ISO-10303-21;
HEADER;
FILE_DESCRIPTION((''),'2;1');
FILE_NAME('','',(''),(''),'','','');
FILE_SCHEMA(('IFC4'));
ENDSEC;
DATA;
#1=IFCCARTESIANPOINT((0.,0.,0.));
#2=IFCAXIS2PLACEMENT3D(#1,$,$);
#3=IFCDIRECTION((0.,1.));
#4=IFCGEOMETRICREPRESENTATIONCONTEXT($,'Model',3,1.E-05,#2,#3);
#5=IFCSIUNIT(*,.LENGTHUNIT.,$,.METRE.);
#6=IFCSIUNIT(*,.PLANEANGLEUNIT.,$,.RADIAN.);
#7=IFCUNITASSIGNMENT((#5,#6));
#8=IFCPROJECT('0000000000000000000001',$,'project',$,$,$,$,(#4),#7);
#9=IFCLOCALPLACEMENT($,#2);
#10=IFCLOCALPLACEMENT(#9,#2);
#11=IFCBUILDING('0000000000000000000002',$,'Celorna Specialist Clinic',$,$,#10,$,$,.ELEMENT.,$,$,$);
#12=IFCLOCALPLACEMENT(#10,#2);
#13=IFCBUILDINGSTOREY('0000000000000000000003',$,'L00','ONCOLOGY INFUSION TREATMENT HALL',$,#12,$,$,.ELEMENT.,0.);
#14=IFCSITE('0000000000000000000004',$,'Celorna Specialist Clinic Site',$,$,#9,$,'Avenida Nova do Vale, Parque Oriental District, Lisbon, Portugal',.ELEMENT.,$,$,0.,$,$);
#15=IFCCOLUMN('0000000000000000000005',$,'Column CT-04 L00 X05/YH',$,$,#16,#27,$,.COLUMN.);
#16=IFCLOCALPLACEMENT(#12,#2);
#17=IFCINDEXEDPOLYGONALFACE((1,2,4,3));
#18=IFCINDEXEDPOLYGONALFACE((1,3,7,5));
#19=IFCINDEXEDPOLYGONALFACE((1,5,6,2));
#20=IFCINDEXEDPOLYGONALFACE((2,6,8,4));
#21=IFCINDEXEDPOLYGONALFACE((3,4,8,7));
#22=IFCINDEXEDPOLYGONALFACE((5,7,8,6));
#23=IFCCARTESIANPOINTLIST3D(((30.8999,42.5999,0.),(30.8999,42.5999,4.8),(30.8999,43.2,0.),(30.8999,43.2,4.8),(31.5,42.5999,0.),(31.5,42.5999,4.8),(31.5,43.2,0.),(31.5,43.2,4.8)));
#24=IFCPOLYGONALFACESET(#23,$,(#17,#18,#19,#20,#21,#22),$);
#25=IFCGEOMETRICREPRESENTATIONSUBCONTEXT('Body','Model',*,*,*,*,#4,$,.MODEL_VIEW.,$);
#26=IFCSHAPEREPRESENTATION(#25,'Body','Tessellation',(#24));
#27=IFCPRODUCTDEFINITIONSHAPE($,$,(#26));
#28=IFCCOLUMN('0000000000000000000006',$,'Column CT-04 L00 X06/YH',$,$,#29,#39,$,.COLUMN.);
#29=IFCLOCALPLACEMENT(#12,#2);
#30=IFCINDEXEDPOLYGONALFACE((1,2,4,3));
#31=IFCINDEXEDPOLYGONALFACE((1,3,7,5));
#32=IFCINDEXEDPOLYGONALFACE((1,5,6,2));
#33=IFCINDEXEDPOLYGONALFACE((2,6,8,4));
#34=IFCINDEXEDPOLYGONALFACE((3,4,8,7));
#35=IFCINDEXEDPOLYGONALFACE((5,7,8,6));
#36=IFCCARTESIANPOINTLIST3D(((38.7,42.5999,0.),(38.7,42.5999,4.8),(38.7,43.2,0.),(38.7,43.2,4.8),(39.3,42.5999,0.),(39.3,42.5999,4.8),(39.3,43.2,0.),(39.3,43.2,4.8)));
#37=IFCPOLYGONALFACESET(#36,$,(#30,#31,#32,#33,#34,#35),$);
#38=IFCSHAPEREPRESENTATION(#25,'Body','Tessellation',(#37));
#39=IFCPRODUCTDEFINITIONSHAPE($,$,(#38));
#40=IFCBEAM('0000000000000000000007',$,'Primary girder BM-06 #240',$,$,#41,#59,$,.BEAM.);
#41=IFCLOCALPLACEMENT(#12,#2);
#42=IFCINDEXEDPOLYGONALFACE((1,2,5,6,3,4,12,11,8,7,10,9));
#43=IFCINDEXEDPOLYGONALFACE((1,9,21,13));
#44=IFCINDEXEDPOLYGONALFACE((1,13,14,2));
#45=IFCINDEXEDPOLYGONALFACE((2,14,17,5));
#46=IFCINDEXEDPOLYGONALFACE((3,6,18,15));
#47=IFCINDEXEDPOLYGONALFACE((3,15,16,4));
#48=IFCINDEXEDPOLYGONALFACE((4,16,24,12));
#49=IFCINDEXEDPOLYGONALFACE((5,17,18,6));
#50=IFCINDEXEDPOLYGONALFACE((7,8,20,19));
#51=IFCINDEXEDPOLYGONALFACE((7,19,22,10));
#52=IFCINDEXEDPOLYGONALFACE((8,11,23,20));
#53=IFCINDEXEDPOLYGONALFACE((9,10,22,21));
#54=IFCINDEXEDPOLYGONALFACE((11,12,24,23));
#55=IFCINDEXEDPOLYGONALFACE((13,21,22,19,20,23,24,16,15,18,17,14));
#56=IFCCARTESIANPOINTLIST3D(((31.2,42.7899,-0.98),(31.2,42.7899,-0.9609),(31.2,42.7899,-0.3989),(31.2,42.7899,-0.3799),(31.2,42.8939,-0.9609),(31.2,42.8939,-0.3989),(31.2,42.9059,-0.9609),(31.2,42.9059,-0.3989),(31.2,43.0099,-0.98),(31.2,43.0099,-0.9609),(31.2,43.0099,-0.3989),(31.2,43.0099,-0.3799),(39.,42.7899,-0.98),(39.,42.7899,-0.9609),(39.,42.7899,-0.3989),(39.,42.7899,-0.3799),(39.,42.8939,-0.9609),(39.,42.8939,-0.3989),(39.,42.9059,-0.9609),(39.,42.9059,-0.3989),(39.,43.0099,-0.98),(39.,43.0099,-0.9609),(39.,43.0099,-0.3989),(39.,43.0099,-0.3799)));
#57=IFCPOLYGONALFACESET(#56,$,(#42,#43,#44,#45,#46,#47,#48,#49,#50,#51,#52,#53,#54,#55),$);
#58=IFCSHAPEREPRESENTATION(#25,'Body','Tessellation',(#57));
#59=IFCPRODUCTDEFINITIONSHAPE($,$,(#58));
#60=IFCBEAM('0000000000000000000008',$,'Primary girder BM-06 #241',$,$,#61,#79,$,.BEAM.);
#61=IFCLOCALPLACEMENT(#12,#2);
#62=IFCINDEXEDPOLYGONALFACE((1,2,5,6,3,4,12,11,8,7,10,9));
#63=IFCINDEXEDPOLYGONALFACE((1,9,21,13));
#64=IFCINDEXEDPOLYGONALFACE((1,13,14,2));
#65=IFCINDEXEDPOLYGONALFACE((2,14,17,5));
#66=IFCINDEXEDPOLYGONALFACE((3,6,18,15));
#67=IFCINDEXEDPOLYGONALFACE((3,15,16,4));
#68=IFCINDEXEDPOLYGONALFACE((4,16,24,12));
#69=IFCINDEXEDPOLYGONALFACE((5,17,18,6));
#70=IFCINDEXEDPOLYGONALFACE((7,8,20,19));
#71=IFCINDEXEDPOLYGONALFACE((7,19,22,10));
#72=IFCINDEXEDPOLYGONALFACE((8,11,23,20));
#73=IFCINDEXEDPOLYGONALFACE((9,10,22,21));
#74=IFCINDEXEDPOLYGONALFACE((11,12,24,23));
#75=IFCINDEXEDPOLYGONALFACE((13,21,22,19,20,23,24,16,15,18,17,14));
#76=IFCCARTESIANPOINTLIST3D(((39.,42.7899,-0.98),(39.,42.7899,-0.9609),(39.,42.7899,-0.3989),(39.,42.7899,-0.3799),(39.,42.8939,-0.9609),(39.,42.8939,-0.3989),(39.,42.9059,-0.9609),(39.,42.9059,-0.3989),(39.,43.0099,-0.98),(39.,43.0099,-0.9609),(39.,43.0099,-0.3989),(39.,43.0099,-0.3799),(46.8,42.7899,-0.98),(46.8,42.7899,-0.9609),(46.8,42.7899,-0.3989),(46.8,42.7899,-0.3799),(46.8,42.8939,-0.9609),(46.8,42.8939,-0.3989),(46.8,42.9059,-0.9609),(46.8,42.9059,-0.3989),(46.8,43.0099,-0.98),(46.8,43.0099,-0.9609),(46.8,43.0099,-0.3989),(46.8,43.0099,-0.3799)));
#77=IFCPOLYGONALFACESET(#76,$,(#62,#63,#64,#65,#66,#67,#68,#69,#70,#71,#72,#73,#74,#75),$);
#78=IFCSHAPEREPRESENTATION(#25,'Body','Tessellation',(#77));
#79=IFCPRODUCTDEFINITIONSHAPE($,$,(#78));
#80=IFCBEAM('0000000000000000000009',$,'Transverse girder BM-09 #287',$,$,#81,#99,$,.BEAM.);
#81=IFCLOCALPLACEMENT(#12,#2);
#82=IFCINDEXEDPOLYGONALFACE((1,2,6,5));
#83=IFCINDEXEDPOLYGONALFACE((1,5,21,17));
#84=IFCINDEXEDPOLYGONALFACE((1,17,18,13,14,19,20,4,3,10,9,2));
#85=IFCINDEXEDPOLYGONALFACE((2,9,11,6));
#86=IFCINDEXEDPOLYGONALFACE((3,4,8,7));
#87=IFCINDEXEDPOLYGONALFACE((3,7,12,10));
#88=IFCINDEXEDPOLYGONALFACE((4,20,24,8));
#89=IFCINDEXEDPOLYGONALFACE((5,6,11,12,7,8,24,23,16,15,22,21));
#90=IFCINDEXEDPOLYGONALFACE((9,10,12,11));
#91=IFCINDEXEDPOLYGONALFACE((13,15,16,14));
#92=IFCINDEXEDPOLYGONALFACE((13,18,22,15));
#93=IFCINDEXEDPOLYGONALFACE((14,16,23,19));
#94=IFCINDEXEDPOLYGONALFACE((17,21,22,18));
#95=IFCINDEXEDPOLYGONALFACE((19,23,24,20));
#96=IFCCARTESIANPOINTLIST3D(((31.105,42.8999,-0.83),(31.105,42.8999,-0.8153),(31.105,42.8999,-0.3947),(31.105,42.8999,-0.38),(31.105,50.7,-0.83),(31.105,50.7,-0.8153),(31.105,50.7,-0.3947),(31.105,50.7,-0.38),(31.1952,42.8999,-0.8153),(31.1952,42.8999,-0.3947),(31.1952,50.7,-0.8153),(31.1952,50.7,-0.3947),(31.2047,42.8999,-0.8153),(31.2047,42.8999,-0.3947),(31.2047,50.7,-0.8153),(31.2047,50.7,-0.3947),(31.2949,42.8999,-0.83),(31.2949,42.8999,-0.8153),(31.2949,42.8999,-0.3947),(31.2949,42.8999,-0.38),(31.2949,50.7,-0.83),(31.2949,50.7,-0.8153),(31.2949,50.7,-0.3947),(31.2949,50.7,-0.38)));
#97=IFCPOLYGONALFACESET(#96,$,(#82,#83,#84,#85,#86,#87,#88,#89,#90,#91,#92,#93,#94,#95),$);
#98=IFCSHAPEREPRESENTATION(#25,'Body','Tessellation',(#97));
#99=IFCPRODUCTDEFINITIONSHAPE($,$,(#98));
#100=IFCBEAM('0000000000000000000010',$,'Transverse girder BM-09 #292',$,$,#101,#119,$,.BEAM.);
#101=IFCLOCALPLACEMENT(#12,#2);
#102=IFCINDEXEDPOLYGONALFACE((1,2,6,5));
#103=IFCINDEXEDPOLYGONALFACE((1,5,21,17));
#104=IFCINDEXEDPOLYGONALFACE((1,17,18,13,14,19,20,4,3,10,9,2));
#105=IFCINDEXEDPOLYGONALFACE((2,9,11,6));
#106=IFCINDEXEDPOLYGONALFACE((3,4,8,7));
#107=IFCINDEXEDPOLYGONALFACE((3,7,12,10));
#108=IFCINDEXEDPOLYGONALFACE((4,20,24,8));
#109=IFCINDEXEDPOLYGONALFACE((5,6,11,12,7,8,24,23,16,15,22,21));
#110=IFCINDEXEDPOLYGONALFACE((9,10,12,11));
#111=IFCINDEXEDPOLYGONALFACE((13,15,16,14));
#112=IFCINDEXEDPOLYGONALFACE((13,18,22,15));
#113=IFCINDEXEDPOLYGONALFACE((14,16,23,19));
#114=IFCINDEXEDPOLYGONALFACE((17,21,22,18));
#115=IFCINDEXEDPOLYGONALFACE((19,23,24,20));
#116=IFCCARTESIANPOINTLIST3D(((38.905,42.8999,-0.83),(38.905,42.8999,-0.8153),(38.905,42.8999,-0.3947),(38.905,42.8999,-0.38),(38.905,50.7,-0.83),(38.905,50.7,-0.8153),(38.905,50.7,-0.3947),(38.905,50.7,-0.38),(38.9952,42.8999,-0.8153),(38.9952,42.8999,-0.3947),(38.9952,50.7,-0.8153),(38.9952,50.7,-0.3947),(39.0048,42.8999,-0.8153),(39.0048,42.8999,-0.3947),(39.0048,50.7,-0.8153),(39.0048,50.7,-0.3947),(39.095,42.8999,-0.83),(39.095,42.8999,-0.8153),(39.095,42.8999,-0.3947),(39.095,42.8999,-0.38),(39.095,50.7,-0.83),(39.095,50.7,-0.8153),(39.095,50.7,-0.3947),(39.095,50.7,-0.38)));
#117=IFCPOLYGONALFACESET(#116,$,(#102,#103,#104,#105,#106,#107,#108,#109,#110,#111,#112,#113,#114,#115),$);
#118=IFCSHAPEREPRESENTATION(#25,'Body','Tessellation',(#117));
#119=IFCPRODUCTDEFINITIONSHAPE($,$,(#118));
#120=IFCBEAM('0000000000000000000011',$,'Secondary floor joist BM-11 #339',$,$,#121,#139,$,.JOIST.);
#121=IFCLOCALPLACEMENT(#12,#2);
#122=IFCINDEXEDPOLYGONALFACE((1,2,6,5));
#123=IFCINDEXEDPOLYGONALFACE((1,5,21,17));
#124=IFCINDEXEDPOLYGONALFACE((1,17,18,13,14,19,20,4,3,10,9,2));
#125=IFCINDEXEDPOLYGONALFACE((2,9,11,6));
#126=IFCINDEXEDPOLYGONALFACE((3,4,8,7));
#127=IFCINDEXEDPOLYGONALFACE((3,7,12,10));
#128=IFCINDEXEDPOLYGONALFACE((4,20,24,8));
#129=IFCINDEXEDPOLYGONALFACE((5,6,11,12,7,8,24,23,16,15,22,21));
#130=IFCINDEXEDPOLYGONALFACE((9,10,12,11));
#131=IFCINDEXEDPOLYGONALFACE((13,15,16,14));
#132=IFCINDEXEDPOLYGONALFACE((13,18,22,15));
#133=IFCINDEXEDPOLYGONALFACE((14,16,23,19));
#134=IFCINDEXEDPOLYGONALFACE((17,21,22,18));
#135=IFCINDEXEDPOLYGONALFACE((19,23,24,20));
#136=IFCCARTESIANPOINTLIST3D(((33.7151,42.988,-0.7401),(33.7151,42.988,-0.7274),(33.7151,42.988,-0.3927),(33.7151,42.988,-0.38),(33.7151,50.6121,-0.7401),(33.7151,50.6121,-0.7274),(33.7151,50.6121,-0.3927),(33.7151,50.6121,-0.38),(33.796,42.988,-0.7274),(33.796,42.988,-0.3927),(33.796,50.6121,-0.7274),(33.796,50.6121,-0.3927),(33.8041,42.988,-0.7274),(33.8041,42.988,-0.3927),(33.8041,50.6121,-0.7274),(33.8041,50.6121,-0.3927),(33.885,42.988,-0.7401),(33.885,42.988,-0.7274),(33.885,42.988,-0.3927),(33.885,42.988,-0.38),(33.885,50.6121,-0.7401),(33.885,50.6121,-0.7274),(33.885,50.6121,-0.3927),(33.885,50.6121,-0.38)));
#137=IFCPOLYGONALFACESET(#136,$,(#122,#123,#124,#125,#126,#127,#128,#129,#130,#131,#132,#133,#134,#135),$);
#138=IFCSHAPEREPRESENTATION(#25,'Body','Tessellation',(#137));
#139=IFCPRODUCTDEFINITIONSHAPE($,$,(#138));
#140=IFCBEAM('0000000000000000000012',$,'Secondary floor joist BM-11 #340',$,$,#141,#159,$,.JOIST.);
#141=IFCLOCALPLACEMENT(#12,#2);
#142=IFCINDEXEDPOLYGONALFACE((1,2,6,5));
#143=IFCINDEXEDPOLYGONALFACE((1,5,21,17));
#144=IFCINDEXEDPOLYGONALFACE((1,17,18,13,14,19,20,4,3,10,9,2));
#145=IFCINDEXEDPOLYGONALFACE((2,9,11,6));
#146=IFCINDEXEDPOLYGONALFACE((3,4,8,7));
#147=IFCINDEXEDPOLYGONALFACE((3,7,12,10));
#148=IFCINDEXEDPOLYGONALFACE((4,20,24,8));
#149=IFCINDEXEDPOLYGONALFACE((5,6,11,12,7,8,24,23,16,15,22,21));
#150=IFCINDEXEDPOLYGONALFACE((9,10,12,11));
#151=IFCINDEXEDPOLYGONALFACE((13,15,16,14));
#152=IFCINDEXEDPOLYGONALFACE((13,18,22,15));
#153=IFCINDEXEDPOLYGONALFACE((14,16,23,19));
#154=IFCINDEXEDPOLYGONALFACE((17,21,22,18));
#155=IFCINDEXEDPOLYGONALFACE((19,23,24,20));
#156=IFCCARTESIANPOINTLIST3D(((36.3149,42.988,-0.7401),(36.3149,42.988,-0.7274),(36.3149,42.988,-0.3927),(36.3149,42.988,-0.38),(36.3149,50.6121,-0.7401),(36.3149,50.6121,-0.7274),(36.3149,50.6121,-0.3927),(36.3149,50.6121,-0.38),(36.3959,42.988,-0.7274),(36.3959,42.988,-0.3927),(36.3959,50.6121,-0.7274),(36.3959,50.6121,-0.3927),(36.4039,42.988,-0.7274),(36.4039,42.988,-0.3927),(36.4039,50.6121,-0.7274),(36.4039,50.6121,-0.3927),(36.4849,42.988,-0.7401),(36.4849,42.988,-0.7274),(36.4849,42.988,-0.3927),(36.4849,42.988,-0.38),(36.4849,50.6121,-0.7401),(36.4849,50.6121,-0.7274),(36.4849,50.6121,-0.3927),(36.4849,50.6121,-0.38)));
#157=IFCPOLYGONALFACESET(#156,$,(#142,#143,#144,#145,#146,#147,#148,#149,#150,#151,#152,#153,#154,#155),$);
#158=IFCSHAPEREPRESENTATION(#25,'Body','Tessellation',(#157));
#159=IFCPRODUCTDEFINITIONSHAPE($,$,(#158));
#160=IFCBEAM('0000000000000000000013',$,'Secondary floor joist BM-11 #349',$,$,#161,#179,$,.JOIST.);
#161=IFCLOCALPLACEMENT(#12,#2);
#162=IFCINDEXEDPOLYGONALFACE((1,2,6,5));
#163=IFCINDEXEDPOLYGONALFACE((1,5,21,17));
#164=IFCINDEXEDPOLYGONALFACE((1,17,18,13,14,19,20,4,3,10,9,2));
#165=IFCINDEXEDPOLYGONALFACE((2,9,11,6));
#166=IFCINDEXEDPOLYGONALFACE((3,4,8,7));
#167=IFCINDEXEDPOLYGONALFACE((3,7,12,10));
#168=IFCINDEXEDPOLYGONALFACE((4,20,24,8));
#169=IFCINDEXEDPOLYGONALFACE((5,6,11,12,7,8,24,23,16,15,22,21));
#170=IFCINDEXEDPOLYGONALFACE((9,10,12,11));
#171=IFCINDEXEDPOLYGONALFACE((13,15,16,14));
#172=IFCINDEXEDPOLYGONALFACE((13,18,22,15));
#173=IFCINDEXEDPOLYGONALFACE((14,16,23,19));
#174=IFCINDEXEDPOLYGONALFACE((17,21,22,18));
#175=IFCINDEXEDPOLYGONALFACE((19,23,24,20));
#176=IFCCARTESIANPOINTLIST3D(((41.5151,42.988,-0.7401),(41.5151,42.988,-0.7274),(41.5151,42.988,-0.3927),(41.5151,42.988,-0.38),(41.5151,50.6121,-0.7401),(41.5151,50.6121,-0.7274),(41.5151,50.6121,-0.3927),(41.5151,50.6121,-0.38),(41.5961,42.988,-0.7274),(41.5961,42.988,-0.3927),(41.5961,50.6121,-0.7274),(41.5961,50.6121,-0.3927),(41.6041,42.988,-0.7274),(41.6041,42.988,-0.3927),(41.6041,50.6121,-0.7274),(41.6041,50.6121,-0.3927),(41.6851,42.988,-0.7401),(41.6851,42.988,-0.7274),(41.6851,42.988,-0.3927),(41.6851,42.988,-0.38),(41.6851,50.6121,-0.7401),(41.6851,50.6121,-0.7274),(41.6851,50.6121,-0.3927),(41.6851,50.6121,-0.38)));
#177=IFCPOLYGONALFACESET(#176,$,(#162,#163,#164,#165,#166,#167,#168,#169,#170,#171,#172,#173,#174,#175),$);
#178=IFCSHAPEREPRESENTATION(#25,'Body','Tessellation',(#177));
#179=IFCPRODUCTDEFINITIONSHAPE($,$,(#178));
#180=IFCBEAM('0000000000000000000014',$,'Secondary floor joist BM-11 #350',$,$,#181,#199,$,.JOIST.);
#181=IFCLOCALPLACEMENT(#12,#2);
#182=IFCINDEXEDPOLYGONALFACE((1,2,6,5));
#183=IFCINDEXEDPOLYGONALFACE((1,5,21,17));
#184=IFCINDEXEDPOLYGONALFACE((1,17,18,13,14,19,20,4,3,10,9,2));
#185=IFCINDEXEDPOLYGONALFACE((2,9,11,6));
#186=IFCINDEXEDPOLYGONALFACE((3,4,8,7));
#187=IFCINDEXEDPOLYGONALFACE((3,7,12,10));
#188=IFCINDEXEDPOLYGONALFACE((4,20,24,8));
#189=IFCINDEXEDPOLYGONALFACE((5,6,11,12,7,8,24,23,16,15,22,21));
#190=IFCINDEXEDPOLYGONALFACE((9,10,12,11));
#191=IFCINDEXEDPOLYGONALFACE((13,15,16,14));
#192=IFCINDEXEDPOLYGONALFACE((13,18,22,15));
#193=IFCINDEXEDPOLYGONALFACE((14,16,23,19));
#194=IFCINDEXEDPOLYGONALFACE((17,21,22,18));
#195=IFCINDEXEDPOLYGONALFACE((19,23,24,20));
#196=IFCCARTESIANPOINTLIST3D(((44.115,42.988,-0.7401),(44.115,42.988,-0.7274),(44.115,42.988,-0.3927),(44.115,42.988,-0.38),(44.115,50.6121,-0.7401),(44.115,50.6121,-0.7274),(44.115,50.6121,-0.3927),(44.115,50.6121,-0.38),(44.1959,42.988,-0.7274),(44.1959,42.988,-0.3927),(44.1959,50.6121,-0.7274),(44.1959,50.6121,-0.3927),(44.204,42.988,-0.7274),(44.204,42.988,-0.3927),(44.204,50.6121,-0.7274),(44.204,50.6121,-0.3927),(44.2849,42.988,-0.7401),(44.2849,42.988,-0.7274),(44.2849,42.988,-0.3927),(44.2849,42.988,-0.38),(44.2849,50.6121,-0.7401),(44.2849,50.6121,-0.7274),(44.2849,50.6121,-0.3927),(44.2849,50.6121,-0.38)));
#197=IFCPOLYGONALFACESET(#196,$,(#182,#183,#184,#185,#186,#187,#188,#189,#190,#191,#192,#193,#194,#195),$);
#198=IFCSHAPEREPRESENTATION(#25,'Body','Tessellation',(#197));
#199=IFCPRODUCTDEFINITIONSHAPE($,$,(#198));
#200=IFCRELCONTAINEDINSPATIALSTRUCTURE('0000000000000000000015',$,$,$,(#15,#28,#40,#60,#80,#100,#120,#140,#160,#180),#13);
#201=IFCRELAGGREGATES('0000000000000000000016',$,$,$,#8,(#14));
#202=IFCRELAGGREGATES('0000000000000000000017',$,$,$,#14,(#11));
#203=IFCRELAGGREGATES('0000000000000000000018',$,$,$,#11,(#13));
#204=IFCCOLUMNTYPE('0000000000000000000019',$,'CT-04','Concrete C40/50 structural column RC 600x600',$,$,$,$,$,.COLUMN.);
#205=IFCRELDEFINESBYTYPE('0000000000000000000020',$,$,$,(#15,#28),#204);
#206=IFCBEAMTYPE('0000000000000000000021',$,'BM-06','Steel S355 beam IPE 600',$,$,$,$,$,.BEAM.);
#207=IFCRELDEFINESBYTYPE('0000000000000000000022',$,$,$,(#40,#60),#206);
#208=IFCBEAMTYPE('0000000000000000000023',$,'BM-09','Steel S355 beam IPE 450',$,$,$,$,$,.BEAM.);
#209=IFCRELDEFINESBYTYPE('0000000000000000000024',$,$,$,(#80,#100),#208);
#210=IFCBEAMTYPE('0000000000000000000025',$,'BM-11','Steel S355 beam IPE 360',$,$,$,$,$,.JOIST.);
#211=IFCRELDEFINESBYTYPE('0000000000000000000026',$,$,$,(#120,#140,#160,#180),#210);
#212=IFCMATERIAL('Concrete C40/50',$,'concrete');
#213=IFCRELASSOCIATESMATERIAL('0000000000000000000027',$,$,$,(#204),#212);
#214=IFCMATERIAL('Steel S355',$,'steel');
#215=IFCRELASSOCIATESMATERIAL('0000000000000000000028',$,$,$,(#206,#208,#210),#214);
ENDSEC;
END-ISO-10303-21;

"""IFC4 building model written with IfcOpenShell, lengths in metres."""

from ifc_helpers import new_model, si_unit, direction, frame, origin, origin_2d, place, context, subcontext, project, spatial, rectangle, i_section, extrude, material, material_profile, profile_set, type_object, element, save


model = new_model("IFC4")

# Units and contexts
model_context = context("Model", 3, precision=1e-05, world=origin(), true_north=direction((0.0, 1.0)))
body_context = subcontext(model_context, "Body", "Model", "MODEL_VIEW")
ifc_project = project(units=[si_unit("LENGTHUNIT", "METRE"), si_unit("PLANEANGLEUNIT", "RADIAN")], contexts=[model_context])

# Site, building, storey
site_placement = place(None, origin())
site = spatial("IfcSite", under=ifc_project, at=site_placement, Name="Celorna Specialist Clinic Site", LongName="Avenida Nova do Vale, Parque Oriental District, Lisbon, Portugal", CompositionType="ELEMENT", RefElevation=0.0)
building_placement = place(site_placement, origin())
building = spatial("IfcBuilding", under=site, at=building_placement, Name="Celorna Specialist Clinic", CompositionType="ELEMENT")
storey_placement = place(building_placement, origin())
storey = spatial("IfcBuildingStorey", under=building, at=storey_placement, Name="L00", Description="ONCOLOGY INFUSION TREATMENT HALL", CompositionType="ELEMENT", Elevation=0.0)

# Columns
ifc_material_1 = material(Name="Concrete C40/50", Category="concrete")
ifc_material_profile_1 = material_profile(ifc_material_1, rectangle(XDim=0.6001, YDim=0.6001, at=origin_2d()), Name="RC 600x600")
ifc_profile_set_1 = profile_set([ifc_material_profile_1], Name="Concrete C40/50")
column_type = type_object("IfcColumnType", Name="CT-04", Description="Concrete C40/50 structural column RC 600x600", PredefinedType="COLUMN", material=ifc_profile_set_1)
for number, where, z_axis, x_axis, name in (
    (1, (31.2, 42.8999, 0.0), (0.0, 0.0, 1.0), (1.0, 0.0, 0.0), "Column CT-04 L00 X05/YH"),
    (2, (39.0, 42.8999, 0.0), (0.0, 0.0, 1.0), (1.0, 0.0, 0.0), "Column CT-04 L00 X06/YH"),
):
    element("IfcColumn", number, at=place(storey_placement, frame(where, z_axis=z_axis, x_axis=x_axis)), inside=storey, type_object=column_type, Name=name, PredefinedType="COLUMN", context=body_context, shape_type="SweptSolid", body=[
        extrude(rectangle(XDim=0.6001, YDim=0.6001, at=origin_2d()), origin(), (0.0, 0.0, 1.0), 4.8),
    ])

# Beams
ifc_material_2 = material(Name="Steel S355", Category="steel")
ifc_material_profile_2 = material_profile(ifc_material_2, i_section(OverallWidth=0.22, OverallDepth=0.6001, WebThickness=0.012, FlangeThickness=0.019, at=origin_2d()), Name="IPE 600")
ifc_profile_set_2 = profile_set([ifc_material_profile_2], Name="Steel S355")
beam_type_1 = type_object("IfcBeamType", Name="BM-06", Description="Steel S355 beam IPE 600", PredefinedType="BEAM", material=ifc_profile_set_2)
for number, where, z_axis, x_axis, name in (
    (3, (31.2, 42.8999, -0.6799), (1.0, 0.0, 0.0), (0.0, 1.0, 0.0), "Primary girder BM-06 #240"),
    (4, (39.0, 42.8999, -0.6799), (1.0, 0.0, 0.0), (0.0, 1.0, 0.0), "Primary girder BM-06 #241"),
):
    element("IfcBeam", number, at=place(storey_placement, frame(where, z_axis=z_axis, x_axis=x_axis)), inside=storey, type_object=beam_type_1, Name=name, PredefinedType="BEAM", context=body_context, shape_type="SweptSolid", body=[
        extrude(i_section(OverallWidth=0.22, OverallDepth=0.6001, WebThickness=0.012, FlangeThickness=0.019, at=origin_2d()), origin(), (0.0, 0.0, 1.0), 7.8),
    ])
ifc_material_profile_3 = material_profile(ifc_material_2, i_section(OverallWidth=0.1899, OverallDepth=0.45, WebThickness=0.0095, FlangeThickness=0.0146, at=origin_2d()), Name="IPE 450")
ifc_profile_set_3 = profile_set([ifc_material_profile_3], Name="Steel S355")
beam_type_2 = type_object("IfcBeamType", Name="BM-09", Description="Steel S355 beam IPE 450", PredefinedType="BEAM", material=ifc_profile_set_3)
for number, where, z_axis, x_axis, name in (
    (5, (31.2, 42.8999, -0.605), (0.0, 1.0, 0.0), (-1.0, 0.0, 0.0), "Transverse girder BM-09 #287"),
    (6, (39.0, 42.8999, -0.605), (0.0, 1.0, 0.0), (-1.0, 0.0, 0.0), "Transverse girder BM-09 #292"),
):
    element("IfcBeam", number, at=place(storey_placement, frame(where, z_axis=z_axis, x_axis=x_axis)), inside=storey, type_object=beam_type_2, Name=name, PredefinedType="BEAM", context=body_context, shape_type="SweptSolid", body=[
        extrude(i_section(OverallWidth=0.1899, OverallDepth=0.45, WebThickness=0.0095, FlangeThickness=0.0146, at=origin_2d()), origin(), (0.0, 0.0, 1.0), 7.8),
    ])
ifc_material_profile_4 = material_profile(ifc_material_2, i_section(OverallWidth=0.1699, OverallDepth=0.3601, WebThickness=0.0081, FlangeThickness=0.0127, at=origin_2d()), Name="IPE 360")
ifc_profile_set_4 = profile_set([ifc_material_profile_4], Name="Steel S355")
beam_type_3 = type_object("IfcBeamType", Name="BM-11", Description="Steel S355 beam IPE 360", PredefinedType="JOIST", material=ifc_profile_set_4)
for number, where, z_axis, x_axis, name in (
    (7, (33.8, 42.988, -0.5601), (0.0, 1.0, 0.0), (-1.0, 0.0, 0.0), "Secondary floor joist BM-11 #339"),
    (8, (36.3999, 42.988, -0.5601), (0.0, 1.0, 0.0), (-1.0, 0.0, 0.0), "Secondary floor joist BM-11 #340"),
    (9, (41.6001, 42.988, -0.5601), (0.0, 1.0, 0.0), (-1.0, 0.0, 0.0), "Secondary floor joist BM-11 #349"),
    (10, (44.2, 42.988, -0.5601), (0.0, 1.0, 0.0), (-1.0, 0.0, 0.0), "Secondary floor joist BM-11 #350"),
):
    element("IfcBeam", number, at=place(storey_placement, frame(where, z_axis=z_axis, x_axis=x_axis)), inside=storey, type_object=beam_type_3, Name=name, PredefinedType="JOIST", context=body_context, shape_type="SweptSolid", body=[
        extrude(i_section(OverallWidth=0.1699, OverallDepth=0.3601, WebThickness=0.0081, FlangeThickness=0.0127, at=origin_2d()), origin(), (0.0, 0.0, 1.0), 7.624),
    ])

save(model, "model.ifc")
